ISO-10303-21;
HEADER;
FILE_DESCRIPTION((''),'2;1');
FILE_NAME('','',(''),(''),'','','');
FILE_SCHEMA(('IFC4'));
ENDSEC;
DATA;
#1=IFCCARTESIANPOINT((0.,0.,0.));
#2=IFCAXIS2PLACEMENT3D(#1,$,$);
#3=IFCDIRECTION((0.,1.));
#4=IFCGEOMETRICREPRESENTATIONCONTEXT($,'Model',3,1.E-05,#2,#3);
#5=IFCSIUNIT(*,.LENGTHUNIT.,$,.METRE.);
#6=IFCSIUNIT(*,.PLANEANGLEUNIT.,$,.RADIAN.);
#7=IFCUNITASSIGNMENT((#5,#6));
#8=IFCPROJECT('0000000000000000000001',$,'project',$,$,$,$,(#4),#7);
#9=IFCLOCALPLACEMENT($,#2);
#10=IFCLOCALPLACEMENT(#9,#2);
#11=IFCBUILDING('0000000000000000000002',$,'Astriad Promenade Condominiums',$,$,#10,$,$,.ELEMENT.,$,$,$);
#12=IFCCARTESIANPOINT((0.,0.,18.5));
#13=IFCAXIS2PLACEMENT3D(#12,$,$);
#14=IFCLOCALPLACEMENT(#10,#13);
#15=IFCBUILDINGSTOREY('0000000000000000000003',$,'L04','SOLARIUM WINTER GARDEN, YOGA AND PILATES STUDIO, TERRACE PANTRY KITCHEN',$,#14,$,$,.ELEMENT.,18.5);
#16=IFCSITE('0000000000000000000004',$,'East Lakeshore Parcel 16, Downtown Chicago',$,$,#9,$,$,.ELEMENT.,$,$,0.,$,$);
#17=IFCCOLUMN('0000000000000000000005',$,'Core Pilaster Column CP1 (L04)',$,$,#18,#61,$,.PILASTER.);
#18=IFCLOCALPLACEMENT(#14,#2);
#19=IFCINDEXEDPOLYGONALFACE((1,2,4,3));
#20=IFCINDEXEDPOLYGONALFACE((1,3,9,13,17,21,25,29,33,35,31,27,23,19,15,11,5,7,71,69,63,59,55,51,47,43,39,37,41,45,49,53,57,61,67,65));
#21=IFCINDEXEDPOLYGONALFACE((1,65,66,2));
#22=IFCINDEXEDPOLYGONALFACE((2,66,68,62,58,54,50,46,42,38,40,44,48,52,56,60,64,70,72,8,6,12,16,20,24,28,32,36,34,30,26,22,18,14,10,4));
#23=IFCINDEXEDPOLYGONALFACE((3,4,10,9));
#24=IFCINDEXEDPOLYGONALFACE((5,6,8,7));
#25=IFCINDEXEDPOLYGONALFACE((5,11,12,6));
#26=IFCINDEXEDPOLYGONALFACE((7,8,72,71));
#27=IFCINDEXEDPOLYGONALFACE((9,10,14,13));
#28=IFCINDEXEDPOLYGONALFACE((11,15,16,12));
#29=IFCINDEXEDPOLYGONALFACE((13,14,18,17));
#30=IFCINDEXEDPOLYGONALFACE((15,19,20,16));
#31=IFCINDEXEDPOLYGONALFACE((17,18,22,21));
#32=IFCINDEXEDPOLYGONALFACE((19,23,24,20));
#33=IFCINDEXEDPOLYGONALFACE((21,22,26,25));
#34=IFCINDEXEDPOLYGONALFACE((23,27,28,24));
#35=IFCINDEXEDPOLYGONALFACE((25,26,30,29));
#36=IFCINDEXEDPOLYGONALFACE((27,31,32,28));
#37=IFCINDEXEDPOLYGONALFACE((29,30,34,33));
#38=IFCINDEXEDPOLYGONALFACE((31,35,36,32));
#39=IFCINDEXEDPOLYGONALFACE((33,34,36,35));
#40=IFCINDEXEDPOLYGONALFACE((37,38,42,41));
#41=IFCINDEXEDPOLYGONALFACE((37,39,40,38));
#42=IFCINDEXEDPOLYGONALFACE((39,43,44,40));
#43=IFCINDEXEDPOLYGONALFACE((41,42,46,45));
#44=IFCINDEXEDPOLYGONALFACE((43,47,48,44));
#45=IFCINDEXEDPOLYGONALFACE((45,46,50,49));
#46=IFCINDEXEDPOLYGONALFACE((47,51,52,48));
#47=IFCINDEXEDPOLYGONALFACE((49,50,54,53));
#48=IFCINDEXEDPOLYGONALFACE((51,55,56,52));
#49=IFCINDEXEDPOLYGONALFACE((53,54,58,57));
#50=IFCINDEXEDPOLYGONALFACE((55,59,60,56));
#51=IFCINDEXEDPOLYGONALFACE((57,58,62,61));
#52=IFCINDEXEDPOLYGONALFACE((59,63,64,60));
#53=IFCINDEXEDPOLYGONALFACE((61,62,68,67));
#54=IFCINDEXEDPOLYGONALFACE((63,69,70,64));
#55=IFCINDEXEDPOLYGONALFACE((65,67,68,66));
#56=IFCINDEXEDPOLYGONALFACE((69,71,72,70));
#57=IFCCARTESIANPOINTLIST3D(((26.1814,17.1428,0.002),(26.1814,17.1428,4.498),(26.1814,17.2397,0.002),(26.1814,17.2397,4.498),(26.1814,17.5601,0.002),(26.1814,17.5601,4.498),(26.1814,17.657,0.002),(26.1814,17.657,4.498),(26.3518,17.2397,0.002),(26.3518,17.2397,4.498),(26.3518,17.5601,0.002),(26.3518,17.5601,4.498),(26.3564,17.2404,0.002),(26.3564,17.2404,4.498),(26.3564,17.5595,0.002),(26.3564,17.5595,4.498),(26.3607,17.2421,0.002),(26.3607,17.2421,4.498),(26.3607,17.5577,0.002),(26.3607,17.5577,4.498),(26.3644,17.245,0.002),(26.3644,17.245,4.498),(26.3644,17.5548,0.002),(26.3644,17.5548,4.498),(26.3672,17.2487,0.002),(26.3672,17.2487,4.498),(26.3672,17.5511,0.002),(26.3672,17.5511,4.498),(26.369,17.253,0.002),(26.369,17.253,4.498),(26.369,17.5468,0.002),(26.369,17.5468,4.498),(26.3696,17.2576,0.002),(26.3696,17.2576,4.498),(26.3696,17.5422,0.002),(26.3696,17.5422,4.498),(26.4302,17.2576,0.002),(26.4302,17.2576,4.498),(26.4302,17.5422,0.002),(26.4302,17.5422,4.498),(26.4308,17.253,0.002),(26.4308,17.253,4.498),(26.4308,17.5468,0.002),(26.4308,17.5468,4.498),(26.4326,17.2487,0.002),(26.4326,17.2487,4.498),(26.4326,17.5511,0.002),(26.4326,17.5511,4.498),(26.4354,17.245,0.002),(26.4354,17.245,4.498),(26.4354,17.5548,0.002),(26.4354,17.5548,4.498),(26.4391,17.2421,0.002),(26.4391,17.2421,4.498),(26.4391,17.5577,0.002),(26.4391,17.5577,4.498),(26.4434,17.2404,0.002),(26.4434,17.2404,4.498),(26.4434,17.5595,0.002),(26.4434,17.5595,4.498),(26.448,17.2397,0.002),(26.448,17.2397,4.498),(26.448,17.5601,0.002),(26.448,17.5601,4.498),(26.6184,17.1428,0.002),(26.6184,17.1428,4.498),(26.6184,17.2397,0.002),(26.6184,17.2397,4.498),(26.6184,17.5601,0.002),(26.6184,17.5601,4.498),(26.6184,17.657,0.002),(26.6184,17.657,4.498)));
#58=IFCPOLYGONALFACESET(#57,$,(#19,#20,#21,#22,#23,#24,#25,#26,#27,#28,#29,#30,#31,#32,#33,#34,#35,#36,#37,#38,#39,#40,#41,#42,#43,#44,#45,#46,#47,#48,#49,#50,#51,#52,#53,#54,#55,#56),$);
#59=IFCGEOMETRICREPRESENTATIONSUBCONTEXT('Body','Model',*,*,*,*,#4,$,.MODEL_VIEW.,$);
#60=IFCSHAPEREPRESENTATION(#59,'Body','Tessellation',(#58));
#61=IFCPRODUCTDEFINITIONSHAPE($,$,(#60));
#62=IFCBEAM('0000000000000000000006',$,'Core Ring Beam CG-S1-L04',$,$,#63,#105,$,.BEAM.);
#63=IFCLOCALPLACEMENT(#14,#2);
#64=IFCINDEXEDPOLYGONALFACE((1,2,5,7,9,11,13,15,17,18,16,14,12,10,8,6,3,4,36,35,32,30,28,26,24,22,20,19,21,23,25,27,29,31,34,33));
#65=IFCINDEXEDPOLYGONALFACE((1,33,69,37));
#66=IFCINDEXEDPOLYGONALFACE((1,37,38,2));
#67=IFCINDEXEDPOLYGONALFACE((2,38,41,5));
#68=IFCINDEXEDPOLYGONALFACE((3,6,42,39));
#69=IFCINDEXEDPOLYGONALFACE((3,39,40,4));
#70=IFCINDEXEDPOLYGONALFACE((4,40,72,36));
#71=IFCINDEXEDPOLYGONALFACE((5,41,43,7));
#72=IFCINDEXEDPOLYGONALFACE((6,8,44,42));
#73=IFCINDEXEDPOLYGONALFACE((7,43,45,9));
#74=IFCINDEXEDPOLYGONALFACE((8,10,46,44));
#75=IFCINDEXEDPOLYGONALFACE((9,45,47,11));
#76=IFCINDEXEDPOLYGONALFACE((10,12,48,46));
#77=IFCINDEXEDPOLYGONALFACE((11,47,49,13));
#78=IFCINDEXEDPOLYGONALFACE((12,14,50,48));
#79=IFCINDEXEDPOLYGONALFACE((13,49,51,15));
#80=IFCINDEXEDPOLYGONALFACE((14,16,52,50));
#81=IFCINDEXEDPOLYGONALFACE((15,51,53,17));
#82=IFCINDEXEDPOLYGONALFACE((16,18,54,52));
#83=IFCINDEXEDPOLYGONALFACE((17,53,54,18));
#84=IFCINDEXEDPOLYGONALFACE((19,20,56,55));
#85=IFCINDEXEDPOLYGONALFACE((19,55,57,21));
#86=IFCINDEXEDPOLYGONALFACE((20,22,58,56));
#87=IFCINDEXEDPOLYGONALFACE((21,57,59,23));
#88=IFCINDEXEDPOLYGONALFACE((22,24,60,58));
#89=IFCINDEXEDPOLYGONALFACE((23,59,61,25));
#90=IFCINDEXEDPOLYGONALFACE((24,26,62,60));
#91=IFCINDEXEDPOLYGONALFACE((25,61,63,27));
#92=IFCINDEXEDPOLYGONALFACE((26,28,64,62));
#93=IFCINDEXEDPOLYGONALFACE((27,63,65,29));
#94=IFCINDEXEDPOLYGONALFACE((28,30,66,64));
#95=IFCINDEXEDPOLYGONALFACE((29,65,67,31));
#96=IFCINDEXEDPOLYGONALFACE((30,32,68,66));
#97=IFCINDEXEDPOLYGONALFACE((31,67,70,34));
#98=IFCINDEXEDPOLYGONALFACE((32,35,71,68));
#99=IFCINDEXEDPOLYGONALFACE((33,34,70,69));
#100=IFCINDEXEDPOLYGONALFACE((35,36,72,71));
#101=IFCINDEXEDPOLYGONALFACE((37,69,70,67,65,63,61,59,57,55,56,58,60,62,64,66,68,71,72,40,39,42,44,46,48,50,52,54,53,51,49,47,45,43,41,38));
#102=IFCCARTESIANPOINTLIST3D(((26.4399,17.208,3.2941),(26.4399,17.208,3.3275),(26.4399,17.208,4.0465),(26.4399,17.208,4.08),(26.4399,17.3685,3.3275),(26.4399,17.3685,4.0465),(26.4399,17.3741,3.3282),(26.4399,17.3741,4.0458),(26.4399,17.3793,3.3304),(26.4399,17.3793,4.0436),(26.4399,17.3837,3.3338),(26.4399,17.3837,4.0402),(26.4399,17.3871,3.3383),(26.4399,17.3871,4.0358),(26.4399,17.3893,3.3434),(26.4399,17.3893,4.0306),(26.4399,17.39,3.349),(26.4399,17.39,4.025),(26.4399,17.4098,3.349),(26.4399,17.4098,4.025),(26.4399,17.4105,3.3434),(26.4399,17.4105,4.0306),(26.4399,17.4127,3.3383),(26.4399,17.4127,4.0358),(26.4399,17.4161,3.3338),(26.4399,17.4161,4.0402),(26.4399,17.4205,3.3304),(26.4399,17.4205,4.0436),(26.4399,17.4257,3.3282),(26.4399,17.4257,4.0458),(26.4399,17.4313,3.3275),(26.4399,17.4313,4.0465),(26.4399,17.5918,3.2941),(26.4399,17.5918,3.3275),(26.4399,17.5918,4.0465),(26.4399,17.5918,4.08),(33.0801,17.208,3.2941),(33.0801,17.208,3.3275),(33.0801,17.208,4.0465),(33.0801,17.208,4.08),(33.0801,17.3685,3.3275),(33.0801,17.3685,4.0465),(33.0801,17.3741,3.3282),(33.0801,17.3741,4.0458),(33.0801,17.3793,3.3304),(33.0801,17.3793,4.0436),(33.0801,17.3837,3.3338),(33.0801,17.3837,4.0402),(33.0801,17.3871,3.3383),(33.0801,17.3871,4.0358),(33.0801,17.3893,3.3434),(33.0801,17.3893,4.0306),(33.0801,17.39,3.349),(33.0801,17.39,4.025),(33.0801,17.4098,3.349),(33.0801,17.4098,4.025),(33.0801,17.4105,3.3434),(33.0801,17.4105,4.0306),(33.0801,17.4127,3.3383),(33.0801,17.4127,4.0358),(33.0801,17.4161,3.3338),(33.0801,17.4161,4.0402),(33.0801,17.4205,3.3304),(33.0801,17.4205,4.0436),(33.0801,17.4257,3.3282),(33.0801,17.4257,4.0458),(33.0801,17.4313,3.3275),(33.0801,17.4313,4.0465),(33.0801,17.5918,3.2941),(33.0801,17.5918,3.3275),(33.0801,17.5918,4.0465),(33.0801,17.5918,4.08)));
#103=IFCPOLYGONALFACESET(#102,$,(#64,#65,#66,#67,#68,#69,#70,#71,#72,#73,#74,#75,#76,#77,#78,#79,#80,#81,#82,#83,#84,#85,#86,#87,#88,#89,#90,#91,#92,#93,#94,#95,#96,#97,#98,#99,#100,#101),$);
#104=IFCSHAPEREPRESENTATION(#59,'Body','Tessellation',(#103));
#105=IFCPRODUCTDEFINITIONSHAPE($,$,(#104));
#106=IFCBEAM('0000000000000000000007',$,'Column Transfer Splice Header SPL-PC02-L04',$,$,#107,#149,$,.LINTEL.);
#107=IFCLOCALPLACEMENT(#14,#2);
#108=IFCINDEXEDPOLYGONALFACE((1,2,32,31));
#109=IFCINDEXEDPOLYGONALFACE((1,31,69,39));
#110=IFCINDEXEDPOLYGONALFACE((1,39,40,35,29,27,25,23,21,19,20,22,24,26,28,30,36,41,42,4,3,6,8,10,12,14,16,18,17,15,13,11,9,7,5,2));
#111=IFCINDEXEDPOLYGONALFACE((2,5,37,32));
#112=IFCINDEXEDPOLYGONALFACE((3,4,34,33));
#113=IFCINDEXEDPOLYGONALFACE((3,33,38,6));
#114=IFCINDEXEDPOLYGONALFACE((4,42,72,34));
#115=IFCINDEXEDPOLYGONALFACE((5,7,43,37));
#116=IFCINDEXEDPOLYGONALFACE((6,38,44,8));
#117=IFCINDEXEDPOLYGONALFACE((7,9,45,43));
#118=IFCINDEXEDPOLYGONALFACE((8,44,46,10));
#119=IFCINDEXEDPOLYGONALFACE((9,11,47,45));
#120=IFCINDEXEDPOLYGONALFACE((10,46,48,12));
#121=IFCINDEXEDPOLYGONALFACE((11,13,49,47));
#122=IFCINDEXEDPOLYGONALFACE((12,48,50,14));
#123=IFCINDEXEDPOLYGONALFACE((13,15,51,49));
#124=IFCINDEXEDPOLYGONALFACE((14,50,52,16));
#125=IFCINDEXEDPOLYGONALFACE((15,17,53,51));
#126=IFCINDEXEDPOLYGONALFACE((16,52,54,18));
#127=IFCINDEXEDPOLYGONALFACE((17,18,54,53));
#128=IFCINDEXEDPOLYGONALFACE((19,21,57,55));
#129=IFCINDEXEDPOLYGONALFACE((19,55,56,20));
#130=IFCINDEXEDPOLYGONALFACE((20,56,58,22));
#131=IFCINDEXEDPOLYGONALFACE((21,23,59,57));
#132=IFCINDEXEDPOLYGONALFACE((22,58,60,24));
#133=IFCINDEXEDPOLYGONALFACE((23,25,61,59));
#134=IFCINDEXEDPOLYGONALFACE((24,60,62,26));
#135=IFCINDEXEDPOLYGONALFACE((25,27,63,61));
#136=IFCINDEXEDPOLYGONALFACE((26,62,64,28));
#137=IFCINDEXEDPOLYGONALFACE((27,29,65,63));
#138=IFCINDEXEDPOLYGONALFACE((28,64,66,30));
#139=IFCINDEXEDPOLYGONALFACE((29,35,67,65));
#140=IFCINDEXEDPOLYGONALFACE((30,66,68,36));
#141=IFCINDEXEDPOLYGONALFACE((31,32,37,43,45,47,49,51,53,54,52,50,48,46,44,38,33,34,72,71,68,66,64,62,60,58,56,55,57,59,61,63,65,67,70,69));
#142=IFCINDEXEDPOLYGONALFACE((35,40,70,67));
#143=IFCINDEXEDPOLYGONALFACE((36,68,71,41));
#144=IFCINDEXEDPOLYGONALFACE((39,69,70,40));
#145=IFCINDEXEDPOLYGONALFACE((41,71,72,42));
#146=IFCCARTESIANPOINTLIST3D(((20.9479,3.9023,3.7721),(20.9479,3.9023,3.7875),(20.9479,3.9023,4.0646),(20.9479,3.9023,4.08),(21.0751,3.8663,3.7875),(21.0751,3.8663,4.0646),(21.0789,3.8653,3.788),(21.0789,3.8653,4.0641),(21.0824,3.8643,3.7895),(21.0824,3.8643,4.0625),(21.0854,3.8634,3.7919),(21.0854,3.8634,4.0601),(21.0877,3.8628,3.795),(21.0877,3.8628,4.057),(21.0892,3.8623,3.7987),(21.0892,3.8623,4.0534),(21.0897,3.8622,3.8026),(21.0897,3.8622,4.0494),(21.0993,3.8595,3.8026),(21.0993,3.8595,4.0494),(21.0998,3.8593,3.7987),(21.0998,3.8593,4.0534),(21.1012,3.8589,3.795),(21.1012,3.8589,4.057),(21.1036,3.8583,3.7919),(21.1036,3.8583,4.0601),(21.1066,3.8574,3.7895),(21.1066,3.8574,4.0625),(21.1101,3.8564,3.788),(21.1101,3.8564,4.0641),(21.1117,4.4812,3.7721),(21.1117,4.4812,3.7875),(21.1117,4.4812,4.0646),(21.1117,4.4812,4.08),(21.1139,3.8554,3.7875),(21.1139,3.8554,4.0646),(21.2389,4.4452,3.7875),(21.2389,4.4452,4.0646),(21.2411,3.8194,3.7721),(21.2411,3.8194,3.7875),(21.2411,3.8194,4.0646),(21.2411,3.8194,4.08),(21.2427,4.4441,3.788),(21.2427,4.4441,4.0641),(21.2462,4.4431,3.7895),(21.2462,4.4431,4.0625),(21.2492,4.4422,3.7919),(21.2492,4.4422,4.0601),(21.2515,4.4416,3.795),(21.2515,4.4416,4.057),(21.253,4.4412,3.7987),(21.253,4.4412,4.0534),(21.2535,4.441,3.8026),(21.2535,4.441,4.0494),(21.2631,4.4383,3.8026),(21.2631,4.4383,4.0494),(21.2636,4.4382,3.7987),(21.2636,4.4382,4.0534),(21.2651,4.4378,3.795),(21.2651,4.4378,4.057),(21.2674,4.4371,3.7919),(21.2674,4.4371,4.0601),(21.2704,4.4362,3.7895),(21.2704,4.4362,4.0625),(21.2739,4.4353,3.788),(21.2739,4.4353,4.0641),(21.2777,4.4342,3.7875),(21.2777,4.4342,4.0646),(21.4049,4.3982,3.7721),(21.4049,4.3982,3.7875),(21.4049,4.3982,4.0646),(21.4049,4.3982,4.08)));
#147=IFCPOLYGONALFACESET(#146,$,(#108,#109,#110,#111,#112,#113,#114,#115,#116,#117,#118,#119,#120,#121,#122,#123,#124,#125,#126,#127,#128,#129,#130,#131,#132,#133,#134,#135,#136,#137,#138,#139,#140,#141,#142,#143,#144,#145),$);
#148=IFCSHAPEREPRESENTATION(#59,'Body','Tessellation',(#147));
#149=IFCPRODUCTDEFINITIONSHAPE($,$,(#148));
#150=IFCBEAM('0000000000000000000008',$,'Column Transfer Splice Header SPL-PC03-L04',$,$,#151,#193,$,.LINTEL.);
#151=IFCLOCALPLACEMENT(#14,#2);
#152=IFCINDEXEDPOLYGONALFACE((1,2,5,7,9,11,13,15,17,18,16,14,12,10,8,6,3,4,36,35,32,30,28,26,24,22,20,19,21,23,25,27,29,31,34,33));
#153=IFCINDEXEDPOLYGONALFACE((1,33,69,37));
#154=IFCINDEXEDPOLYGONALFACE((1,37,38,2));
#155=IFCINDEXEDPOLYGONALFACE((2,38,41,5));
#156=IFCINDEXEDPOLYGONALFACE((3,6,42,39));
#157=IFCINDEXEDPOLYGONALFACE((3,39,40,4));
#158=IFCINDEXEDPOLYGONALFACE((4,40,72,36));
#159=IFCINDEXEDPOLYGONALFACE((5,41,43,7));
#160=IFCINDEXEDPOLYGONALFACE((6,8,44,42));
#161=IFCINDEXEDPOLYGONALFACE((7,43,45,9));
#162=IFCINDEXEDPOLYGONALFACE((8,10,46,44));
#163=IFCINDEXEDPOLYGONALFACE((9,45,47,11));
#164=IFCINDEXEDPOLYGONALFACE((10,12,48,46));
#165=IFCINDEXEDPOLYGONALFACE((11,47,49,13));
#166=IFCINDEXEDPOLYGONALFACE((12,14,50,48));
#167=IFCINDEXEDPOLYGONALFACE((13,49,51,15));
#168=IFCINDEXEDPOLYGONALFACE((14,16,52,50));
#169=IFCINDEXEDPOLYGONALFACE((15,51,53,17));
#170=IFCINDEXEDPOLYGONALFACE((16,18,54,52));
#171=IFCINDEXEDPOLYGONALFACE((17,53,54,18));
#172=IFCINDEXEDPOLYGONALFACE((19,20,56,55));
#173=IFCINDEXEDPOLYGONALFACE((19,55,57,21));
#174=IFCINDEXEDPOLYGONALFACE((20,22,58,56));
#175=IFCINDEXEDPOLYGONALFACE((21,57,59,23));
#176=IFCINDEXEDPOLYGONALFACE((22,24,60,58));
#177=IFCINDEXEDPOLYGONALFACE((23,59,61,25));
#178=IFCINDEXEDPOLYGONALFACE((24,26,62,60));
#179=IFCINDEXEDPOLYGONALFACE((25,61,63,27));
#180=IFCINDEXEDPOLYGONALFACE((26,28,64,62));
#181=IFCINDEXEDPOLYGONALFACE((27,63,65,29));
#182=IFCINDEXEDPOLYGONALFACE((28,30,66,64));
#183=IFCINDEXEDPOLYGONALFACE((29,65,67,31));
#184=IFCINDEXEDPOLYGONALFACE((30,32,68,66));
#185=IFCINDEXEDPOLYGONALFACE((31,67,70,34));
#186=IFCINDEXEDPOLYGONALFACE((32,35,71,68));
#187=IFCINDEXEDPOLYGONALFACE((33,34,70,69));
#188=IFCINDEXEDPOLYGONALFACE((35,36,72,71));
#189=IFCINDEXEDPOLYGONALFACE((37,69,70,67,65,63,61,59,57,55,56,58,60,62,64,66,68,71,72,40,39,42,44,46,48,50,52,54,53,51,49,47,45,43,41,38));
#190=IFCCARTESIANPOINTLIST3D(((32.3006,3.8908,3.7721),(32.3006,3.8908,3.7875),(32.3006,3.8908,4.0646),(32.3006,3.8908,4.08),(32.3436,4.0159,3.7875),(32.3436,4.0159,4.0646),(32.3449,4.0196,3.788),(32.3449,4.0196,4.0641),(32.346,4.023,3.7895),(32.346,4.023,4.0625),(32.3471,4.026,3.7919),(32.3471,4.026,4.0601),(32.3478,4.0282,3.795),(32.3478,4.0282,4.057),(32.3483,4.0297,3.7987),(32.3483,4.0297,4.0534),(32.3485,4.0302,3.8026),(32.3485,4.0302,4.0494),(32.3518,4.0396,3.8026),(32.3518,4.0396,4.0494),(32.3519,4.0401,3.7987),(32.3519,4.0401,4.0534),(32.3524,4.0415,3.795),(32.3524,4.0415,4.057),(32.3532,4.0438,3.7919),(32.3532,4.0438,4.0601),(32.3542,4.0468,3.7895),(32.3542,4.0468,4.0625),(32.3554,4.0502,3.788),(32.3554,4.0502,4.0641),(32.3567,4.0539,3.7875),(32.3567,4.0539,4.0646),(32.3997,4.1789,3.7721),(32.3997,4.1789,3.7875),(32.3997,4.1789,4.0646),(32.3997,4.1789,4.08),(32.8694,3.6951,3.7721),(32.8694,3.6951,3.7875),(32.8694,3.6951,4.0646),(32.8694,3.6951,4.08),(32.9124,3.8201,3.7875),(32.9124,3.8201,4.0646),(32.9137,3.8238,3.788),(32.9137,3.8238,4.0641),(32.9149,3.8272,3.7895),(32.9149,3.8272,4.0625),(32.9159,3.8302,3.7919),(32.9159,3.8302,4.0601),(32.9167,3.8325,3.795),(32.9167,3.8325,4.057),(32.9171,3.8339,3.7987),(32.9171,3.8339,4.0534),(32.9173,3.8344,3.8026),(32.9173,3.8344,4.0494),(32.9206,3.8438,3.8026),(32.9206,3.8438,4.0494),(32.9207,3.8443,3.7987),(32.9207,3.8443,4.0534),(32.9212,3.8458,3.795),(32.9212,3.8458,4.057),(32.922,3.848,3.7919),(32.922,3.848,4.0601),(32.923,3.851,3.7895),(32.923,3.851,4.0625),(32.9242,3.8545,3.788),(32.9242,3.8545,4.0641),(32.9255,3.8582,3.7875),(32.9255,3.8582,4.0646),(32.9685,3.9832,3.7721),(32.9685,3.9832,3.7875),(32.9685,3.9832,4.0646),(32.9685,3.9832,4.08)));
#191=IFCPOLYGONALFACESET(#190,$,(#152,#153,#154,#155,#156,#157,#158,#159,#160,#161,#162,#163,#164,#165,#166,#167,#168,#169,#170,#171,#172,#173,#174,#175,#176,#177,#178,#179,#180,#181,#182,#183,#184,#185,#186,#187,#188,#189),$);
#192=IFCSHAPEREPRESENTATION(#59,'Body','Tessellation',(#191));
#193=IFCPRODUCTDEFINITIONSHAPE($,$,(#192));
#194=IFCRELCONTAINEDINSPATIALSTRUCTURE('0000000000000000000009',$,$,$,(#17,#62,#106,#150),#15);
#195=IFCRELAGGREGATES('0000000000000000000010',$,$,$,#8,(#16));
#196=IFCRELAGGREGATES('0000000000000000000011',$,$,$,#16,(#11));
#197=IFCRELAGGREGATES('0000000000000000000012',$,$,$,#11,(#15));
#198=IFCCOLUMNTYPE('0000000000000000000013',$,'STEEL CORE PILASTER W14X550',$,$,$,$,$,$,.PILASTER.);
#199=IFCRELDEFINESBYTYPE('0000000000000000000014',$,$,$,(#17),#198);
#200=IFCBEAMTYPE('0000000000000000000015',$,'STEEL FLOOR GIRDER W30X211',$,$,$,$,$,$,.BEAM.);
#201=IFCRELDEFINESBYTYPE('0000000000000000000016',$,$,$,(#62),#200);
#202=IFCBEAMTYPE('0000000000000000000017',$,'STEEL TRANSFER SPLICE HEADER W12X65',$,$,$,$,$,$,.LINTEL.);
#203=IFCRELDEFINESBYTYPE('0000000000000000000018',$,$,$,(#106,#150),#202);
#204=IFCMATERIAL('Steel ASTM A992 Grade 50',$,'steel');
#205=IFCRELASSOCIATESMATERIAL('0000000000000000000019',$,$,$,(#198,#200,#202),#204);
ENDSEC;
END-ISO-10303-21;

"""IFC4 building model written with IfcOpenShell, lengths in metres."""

from ifc_helpers import new_model, si_unit, direction, frame, origin, origin_2d, place, context, subcontext, project, spatial, i_section, extrude, source, transform, mapped, material, material_profile, profile_set, type_object, type_shapes, element, save


model = new_model("IFC4")

# Units and contexts
model_context = context("Model", 3, precision=1e-05, world=origin(), true_north=direction((0.0, 1.0)))
body_context = subcontext(model_context, "Body", "Model", "MODEL_VIEW")
ifc_project = project(units=[si_unit("LENGTHUNIT", "METRE"), si_unit("PLANEANGLEUNIT", "RADIAN")], contexts=[model_context])

# Site, building, storey
site_placement = place(None, origin())
site = spatial("IfcSite", under=ifc_project, at=site_placement, Name="East Lakeshore Parcel 16, Downtown Chicago", CompositionType="ELEMENT", RefElevation=0.0)
building_placement = place(site_placement, origin())
building = spatial("IfcBuilding", under=site, at=building_placement, Name="Astriad Promenade Condominiums", CompositionType="ELEMENT")
storey_placement = place(building_placement, frame((0.0, 0.0, 18.5)))
storey = spatial("IfcBuildingStorey", under=building, at=storey_placement, Name="L04", Description="SOLARIUM WINTER GARDEN, YOGA AND PILATES STUDIO, TERRACE PANTRY KITCHEN", CompositionType="ELEMENT", Elevation=18.5)

# Column
ifc_material_1 = material(Name="Steel ASTM A992 Grade 50", Category="steel")
ifc_material_profile_1 = material_profile(ifc_material_1, i_section(OverallWidth=0.437, OverallDepth=0.5142, WebThickness=0.0605, FlangeThickness=0.0969, FilletRadius=0.0178, at=origin_2d()), Name="W14X550")
ifc_profile_set_1 = profile_set([ifc_material_profile_1], Name="Steel ASTM A992 Grade 50")
column_type = type_object("IfcColumnType", Name="STEEL CORE PILASTER W14X550", PredefinedType="PILASTER", material=ifc_profile_set_1)
shared_shape_1 = source(origin(), body_context, "Body", "SweptSolid", [
    extrude(i_section(OverallWidth=0.437, OverallDepth=0.5142, WebThickness=0.0605, FlangeThickness=0.0969, FilletRadius=0.0178, at=origin_2d()), origin(), (0.0, 0.0, 1.0), 4.4961),
])
type_shapes(column_type, [shared_shape_1])
column_placement = place(storey_placement, frame((26.3999, 17.3999, 0.002), z_axis=(0.0, 0.0, 1.0), x_axis=(1.0, 0.0, 0.0)))
element("IfcColumn", 1, at=column_placement, inside=storey, type_object=column_type, Name="Core Pilaster Column CP1 (L04)", PredefinedType="PILASTER", context=body_context, shape_type="MappedRepresentation", body=[
    mapped(shared_shape_1, transform((0.0, 0.0, 0.0), scale=1.0)),
])

# Beams
ifc_material_profile_2 = material_profile(ifc_material_1, i_section(OverallWidth=0.3838, OverallDepth=0.7859, WebThickness=0.0198, FlangeThickness=0.0334, FilletRadius=0.0215, at=origin_2d()), Name="W30X211")
ifc_profile_set_2 = profile_set([ifc_material_profile_2], Name="Steel ASTM A992 Grade 50")
beam_type_1 = type_object("IfcBeamType", Name="STEEL FLOOR GIRDER W30X211", PredefinedType="BEAM", material=ifc_profile_set_2)
shared_shape_2 = source(origin(), body_context, "Body", "SweptSolid", [
    extrude(i_section(OverallWidth=0.3838, OverallDepth=0.7859, WebThickness=0.0198, FlangeThickness=0.0334, FilletRadius=0.0215, at=origin_2d()), origin(), (0.0, 0.0, 1.0), 6.6401),
])
type_shapes(beam_type_1, [shared_shape_2])
beam_1_placement = place(storey_placement, frame((26.4399, 17.3999, 3.687), z_axis=(1.0, 0.0, 0.0), x_axis=(0.0, 1.0, 0.0)))
element("IfcBeam", 2, at=beam_1_placement, inside=storey, type_object=beam_type_1, Name="Core Ring Beam CG-S1-L04", PredefinedType="BEAM", context=body_context, shape_type="MappedRepresentation", body=[
    mapped(shared_shape_2, transform((0.0, 0.0, 0.0), scale=1.0)),
])
ifc_material_profile_3 = material_profile(ifc_material_1, i_section(OverallWidth=0.3047, OverallDepth=0.3079, WebThickness=0.01, FlangeThickness=0.0154, FilletRadius=0.0151, at=origin_2d()), Name="W12X65")
ifc_profile_set_3 = profile_set([ifc_material_profile_3], Name="Steel ASTM A992 Grade 50")
beam_type_2 = type_object("IfcBeamType", Name="STEEL TRANSFER SPLICE HEADER W12X65", PredefinedType="LINTEL", material=ifc_profile_set_3)
shared_shape_3 = source(origin(), body_context, "Body", "SweptSolid", [
    extrude(i_section(OverallWidth=0.3047, OverallDepth=0.3079, WebThickness=0.01, FlangeThickness=0.0154, FilletRadius=0.0151, at=origin_2d()), origin(), (0.0, 0.0, 1.0), 0.6016),
])
type_shapes(beam_type_2, [shared_shape_3])
for number, where, z_axis, x_axis, name in (
    (3, (21.0945, 3.8608, 3.926), (0.272308, 0.96221, 0.0), (-0.96221, 0.272308, 0.0), "Column Transfer Splice Header SPL-PC02-L04"),
    (4, (32.9189, 3.8391, 3.926), (-0.945554, 0.325465, 0.0), (-0.325465, -0.945554, 0.0), "Column Transfer Splice Header SPL-PC03-L04"),
):
    element("IfcBeam", number, at=place(storey_placement, frame(where, z_axis=z_axis, x_axis=x_axis)), inside=storey, type_object=beam_type_2, Name=name, PredefinedType="LINTEL", context=body_context, shape_type="MappedRepresentation", body=[
        mapped(shared_shape_3, transform((0.0, 0.0, 0.0), scale=1.0)),
    ])

save(model, "model.ifc")
